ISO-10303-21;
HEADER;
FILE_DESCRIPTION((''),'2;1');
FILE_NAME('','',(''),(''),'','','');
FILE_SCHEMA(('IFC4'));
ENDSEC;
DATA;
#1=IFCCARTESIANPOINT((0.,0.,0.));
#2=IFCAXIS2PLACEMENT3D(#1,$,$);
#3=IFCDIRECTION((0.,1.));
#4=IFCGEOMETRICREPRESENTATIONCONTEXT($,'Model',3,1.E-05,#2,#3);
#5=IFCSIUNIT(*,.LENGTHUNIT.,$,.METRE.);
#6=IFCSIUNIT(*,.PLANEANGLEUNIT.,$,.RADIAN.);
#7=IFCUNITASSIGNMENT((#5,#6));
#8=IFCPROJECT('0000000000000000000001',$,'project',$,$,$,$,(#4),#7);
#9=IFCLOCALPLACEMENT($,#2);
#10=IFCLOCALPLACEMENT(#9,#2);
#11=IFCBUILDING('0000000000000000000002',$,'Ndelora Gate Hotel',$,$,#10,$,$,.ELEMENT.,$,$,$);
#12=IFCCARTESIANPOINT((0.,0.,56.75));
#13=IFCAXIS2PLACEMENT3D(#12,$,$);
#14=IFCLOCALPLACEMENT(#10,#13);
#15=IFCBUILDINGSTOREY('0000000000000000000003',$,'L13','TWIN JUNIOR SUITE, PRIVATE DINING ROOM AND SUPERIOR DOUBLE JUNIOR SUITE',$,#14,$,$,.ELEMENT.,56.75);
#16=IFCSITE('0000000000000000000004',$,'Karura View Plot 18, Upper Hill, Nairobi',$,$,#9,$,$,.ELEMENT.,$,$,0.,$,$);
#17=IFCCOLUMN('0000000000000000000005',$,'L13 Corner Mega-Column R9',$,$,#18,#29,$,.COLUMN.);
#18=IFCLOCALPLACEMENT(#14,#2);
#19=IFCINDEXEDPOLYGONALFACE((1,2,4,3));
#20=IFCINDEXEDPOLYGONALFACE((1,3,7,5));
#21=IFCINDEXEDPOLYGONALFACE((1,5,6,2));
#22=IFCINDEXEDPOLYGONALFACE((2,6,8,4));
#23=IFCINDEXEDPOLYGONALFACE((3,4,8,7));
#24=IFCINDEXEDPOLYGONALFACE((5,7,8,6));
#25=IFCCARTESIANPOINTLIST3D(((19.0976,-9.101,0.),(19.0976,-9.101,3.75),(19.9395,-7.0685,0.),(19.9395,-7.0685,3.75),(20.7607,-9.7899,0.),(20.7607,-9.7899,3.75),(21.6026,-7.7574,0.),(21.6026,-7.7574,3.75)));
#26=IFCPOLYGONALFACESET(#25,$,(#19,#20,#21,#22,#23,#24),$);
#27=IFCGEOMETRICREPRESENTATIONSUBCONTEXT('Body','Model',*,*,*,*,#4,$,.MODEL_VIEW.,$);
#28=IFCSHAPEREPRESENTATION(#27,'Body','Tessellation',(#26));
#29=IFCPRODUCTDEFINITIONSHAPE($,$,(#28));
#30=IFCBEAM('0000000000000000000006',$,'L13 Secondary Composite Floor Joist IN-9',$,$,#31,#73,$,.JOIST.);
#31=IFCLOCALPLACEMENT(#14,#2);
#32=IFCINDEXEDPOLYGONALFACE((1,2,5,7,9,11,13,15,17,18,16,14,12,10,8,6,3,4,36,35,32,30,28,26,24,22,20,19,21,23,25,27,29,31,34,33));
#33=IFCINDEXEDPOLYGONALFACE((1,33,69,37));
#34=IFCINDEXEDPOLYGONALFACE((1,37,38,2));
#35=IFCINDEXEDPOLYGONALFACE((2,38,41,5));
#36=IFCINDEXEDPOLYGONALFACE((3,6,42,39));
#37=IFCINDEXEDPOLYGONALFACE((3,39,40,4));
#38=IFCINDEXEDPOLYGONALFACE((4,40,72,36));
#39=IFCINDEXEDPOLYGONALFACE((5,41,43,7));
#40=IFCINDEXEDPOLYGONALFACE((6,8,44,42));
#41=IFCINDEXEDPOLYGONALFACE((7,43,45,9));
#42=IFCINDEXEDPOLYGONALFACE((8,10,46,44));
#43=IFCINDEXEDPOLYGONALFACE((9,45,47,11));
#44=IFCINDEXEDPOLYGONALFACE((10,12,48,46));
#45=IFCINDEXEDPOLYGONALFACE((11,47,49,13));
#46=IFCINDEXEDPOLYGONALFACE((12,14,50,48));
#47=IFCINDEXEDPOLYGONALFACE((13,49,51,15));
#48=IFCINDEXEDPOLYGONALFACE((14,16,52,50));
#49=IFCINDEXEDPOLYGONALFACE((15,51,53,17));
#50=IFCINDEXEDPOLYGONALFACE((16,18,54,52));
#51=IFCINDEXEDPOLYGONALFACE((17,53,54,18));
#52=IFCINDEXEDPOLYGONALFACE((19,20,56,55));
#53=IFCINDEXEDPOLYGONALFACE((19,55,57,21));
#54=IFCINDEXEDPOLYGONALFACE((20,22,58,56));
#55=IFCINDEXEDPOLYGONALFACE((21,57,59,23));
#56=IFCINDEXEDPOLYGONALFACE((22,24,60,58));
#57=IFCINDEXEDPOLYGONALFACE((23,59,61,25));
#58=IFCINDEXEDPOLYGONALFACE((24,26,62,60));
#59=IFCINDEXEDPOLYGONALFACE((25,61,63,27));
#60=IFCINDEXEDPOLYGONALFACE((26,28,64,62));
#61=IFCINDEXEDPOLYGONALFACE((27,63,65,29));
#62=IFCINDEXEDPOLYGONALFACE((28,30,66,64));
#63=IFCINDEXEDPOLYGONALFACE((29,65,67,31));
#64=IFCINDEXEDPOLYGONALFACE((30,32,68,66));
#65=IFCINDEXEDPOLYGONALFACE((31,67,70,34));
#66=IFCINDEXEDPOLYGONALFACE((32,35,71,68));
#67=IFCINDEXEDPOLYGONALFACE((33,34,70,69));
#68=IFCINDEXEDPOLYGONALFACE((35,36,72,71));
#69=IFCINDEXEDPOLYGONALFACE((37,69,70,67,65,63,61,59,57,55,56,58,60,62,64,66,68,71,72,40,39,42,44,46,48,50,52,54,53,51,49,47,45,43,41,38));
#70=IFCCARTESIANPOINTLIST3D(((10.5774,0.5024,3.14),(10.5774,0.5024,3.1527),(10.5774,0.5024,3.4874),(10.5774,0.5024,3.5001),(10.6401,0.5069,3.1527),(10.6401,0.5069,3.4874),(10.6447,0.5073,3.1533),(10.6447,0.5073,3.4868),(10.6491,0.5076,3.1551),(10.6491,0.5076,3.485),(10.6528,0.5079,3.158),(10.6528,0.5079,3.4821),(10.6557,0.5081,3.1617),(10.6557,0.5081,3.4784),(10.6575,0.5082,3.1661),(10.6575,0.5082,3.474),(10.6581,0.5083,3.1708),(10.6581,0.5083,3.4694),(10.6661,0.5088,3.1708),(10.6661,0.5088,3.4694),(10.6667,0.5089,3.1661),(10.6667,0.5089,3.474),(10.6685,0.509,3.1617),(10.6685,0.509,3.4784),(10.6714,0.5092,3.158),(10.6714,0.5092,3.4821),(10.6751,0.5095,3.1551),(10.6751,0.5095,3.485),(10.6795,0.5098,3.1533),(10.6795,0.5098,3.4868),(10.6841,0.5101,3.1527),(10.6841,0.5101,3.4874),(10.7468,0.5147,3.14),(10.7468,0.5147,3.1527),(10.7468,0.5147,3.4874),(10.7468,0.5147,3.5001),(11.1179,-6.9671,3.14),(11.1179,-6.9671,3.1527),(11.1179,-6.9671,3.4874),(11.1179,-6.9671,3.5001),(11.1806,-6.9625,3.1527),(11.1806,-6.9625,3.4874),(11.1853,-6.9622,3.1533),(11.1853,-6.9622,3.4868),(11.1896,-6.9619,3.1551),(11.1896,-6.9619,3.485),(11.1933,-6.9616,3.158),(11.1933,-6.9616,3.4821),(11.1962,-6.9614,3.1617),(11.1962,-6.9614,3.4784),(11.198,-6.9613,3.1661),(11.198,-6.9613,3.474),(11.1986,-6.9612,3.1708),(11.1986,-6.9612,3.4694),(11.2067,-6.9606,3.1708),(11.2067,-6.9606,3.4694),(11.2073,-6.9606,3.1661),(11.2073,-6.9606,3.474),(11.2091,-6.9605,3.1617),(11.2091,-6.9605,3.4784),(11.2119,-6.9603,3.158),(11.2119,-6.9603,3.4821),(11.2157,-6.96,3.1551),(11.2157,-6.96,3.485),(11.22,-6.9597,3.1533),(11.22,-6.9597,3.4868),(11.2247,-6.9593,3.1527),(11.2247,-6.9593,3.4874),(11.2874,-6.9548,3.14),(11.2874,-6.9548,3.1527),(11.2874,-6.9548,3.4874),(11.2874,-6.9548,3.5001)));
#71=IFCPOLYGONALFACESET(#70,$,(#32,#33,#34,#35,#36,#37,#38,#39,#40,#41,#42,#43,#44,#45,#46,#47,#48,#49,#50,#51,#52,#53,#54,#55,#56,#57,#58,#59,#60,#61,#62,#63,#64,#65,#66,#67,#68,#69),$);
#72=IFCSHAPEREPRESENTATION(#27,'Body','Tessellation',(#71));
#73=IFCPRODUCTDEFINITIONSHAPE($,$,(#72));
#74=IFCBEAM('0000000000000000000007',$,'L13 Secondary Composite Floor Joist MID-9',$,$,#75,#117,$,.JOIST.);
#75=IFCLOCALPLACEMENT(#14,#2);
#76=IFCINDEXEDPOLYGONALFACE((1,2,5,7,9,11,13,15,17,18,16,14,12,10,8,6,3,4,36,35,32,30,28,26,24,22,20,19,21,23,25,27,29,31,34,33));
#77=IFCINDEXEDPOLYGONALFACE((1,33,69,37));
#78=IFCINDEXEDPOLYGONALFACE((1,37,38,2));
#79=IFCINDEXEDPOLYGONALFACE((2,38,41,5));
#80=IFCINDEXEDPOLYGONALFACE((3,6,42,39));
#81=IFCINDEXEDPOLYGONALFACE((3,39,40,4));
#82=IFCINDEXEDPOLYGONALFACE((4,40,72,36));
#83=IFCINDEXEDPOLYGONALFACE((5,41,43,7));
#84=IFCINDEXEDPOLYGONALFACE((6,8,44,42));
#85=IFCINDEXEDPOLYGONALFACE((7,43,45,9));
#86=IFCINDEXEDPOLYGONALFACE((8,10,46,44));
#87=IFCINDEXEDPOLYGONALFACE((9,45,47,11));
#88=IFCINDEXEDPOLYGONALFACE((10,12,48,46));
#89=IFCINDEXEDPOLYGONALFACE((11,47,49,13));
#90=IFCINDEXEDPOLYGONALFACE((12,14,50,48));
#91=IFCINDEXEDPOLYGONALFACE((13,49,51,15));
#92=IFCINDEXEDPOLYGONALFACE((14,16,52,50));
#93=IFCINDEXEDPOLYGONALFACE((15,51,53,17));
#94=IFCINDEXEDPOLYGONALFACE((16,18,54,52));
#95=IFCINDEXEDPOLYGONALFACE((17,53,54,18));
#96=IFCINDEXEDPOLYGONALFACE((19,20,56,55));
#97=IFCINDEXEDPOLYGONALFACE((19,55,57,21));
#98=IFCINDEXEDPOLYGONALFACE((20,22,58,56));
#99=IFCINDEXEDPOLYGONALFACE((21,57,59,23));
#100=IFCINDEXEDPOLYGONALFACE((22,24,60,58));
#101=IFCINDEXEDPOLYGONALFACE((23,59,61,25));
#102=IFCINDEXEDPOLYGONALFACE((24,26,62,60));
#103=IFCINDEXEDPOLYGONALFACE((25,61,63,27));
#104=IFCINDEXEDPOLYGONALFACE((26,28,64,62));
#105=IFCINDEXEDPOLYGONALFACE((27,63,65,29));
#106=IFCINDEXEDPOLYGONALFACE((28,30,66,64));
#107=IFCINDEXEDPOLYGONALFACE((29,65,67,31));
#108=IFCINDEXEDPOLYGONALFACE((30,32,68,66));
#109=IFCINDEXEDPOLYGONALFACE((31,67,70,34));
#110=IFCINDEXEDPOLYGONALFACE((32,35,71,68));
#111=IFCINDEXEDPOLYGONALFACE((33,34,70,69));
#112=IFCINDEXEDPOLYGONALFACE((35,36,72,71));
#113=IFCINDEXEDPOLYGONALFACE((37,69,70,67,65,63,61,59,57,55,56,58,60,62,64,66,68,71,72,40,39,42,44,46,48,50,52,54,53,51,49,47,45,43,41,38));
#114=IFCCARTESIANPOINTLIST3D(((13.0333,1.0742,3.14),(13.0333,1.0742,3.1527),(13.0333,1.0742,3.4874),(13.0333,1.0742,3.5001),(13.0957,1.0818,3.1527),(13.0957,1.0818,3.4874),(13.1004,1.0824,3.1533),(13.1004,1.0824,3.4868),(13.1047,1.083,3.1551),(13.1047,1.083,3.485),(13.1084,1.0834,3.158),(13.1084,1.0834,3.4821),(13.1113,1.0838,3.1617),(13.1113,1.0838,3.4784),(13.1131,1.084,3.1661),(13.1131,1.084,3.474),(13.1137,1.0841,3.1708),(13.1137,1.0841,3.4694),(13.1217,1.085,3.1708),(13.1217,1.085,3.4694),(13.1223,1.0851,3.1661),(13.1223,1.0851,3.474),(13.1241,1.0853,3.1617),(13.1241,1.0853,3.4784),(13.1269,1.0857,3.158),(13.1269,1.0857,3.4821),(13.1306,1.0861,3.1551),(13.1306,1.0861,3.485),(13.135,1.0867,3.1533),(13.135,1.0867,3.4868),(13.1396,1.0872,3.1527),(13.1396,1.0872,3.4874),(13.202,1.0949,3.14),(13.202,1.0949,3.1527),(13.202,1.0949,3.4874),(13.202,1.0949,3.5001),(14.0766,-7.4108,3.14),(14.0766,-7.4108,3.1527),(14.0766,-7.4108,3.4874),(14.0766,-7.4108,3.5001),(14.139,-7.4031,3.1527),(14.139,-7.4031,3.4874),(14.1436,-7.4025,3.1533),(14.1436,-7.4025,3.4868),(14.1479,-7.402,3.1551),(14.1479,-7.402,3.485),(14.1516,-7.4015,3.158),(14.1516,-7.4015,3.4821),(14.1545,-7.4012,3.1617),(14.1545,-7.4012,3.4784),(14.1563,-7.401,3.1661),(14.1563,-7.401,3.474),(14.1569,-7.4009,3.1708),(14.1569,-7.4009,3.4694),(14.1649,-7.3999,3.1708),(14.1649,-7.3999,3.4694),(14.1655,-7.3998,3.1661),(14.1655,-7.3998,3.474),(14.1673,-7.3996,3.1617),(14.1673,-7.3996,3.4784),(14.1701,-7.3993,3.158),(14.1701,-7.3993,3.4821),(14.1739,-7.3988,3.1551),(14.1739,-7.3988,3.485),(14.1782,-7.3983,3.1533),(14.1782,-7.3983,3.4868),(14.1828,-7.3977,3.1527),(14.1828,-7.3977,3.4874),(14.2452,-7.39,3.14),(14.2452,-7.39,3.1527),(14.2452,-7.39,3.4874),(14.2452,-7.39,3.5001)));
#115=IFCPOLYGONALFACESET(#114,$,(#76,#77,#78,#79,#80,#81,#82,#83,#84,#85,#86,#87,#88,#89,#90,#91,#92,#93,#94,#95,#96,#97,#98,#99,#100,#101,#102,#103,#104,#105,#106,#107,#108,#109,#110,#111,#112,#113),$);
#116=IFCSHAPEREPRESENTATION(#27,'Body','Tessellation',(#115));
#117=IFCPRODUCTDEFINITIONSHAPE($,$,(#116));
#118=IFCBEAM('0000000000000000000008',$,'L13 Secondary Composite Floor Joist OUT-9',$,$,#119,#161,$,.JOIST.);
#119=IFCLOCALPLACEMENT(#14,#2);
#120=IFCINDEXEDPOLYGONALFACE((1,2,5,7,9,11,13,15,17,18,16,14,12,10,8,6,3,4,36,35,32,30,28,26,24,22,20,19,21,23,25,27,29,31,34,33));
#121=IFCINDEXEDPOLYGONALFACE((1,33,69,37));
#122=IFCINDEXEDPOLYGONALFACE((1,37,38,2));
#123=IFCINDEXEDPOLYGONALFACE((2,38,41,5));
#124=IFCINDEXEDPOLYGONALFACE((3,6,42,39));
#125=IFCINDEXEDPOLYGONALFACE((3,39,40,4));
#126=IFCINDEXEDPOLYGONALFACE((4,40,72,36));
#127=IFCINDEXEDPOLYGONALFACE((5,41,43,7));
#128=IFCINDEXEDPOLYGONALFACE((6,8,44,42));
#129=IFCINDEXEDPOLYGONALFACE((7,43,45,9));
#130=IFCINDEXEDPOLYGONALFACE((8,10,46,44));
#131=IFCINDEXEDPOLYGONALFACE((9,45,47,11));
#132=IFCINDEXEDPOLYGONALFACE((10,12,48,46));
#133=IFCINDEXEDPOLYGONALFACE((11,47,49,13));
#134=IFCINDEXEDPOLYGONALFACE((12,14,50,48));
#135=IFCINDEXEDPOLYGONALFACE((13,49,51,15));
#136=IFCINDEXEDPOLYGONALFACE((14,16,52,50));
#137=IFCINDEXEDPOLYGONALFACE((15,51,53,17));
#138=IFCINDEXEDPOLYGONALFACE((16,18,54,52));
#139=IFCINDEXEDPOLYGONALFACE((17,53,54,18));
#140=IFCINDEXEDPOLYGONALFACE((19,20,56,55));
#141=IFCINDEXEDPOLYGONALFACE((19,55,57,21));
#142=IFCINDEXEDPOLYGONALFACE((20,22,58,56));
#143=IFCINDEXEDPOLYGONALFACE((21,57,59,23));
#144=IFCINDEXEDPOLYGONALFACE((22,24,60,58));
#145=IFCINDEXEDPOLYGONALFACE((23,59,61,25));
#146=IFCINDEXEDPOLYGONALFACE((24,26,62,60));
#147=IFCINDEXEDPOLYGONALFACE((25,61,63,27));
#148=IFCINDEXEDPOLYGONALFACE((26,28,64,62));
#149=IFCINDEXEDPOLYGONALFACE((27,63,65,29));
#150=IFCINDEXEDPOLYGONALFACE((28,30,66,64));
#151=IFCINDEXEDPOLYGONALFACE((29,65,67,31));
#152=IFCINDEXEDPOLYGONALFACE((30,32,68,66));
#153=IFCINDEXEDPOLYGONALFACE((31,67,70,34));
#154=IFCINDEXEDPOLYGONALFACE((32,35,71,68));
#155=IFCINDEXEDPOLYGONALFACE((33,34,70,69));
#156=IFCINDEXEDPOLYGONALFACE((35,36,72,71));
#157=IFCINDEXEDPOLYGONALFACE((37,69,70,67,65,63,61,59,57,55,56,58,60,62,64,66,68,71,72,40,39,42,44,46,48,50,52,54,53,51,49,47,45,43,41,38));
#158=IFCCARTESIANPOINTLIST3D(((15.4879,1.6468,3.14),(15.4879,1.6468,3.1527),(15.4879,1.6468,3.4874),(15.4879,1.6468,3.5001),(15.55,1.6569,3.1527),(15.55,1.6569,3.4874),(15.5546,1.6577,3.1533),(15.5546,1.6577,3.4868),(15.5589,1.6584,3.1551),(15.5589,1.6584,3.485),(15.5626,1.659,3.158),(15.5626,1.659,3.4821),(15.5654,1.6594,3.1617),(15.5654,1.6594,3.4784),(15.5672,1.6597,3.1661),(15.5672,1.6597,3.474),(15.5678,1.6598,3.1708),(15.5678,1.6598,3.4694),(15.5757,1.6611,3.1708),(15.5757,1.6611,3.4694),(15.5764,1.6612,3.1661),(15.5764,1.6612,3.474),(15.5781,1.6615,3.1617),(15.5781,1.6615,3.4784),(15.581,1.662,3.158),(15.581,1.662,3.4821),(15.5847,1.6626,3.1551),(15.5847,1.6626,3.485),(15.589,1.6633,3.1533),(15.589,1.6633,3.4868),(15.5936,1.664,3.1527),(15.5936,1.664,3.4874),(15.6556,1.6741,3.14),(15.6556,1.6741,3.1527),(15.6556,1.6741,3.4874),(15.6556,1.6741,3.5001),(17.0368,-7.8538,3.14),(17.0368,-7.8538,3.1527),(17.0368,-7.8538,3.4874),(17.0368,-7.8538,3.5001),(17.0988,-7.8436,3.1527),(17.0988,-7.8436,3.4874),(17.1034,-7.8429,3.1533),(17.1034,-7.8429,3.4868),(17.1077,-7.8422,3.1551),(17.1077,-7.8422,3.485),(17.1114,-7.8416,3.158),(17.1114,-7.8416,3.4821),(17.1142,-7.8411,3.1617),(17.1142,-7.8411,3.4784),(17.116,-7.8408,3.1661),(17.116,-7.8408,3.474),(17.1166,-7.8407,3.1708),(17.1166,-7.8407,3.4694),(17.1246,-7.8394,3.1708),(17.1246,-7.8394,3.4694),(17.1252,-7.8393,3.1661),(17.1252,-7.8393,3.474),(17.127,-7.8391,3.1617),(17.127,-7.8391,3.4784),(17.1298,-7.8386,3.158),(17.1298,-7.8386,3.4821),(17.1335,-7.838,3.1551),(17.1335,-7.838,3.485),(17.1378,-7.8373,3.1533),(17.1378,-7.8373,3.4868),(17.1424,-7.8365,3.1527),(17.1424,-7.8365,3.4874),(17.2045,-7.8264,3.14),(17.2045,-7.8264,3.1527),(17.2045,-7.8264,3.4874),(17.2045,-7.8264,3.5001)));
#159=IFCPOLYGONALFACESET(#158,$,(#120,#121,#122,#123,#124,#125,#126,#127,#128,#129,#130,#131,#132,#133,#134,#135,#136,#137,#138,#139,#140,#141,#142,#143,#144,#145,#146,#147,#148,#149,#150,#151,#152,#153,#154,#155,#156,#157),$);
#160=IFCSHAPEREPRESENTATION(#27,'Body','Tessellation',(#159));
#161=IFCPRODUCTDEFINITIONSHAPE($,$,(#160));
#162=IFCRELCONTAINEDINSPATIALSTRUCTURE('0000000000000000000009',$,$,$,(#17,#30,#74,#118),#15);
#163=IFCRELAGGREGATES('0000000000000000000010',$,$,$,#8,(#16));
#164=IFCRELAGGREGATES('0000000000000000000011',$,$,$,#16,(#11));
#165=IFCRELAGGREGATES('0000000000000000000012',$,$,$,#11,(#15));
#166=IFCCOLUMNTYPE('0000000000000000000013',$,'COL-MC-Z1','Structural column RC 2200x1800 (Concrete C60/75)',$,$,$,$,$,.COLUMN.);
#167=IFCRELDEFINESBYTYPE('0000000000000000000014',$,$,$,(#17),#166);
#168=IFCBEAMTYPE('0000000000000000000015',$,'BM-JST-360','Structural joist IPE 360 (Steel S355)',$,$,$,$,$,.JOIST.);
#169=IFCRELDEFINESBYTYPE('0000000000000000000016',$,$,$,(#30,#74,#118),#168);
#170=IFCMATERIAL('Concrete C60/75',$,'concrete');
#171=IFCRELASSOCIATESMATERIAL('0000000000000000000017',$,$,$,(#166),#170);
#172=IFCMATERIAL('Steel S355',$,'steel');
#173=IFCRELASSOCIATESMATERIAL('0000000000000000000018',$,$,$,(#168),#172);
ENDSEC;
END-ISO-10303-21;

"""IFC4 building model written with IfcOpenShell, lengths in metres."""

from ifc_helpers import new_model, si_unit, direction, frame, origin, origin_2d, place, context, subcontext, project, spatial, rectangle, i_section, extrude, material, material_profile, profile_set, type_object, element, save


model = new_model("IFC4")

# Units and contexts
model_context = context("Model", 3, precision=1e-05, world=origin(), true_north=direction((0.0, 1.0)))
body_context = subcontext(model_context, "Body", "Model", "MODEL_VIEW")
ifc_project = project(units=[si_unit("LENGTHUNIT", "METRE"), si_unit("PLANEANGLEUNIT", "RADIAN")], contexts=[model_context])

# Site, building, storey
site_placement = place(None, origin())
site = spatial("IfcSite", under=ifc_project, at=site_placement, Name="Karura View Plot 18, Upper Hill, Nairobi", CompositionType="ELEMENT", RefElevation=0.0)
building_placement = place(site_placement, origin())
building = spatial("IfcBuilding", under=site, at=building_placement, Name="Ndelora Gate Hotel", CompositionType="ELEMENT")
storey_placement = place(building_placement, frame((0.0, 0.0, 56.75)))
storey = spatial("IfcBuildingStorey", under=building, at=storey_placement, Name="L13", Description="TWIN JUNIOR SUITE, PRIVATE DINING ROOM AND SUPERIOR DOUBLE JUNIOR SUITE", CompositionType="ELEMENT", Elevation=56.75)

# Column
ifc_material_1 = material(Name="Concrete C60/75", Category="concrete")
ifc_material_profile_1 = material_profile(ifc_material_1, rectangle(XDim=1.8, YDim=2.2, at=origin_2d()), Name="RC 2200x1800")
ifc_profile_set_1 = profile_set([ifc_material_profile_1], Name="Concrete C60/75")
column_type = type_object("IfcColumnType", Name="COL-MC-Z1", Description="Structural column RC 2200x1800 (Concrete C60/75)", PredefinedType="COLUMN", material=ifc_profile_set_1)
column_placement = place(storey_placement, frame((20.3501, -8.4292, 0.0), z_axis=(0.0, 0.0, 1.0), x_axis=(-0.92388, 0.382683, 0.0)))
element("IfcColumn", 1, at=column_placement, inside=storey, type_object=column_type, Name="L13 Corner Mega-Column R9", PredefinedType="COLUMN", context=body_context, shape_type="SweptSolid", body=[
    extrude(rectangle(XDim=1.8, YDim=2.2, at=origin_2d()), origin(), (0.0, 0.0, 1.0), 3.75),
])

# Beams
ifc_material_2 = material(Name="Steel S355", Category="steel")
ifc_material_profile_2 = material_profile(ifc_material_2, i_section(OverallWidth=0.1699, OverallDepth=0.3601, WebThickness=0.0081, FlangeThickness=0.0127, FilletRadius=0.0181, at=origin_2d()), Name="IPE 360")
ifc_profile_set_2 = profile_set([ifc_material_profile_2], Name="Steel S355")
beam_type_1 = type_object("IfcBeamType", Name="BM-JST-360", Description="Structural joist IPE 360 (Steel S355)", PredefinedType="JOIST", material=ifc_profile_set_2)
beam_1_placement = place(storey_placement, frame((11.2026, -6.9609, 3.3201), z_axis=(-0.072176, 0.997392, 0.0), x_axis=(-0.997392, -0.072176, 0.0)))
element("IfcBeam", 2, at=beam_1_placement, inside=storey, type_object=beam_type_1, Name="L13 Secondary Composite Floor Joist IN-9", PredefinedType="JOIST", context=body_context, shape_type="SweptSolid", body=[
    extrude(i_section(OverallWidth=0.1699, OverallDepth=0.3601, WebThickness=0.0081, FlangeThickness=0.0127, FilletRadius=0.0181, at=origin_2d()), origin(), (0.0, 0.0, 1.0), 7.489),
])
beam_2_placement = place(storey_placement, frame((14.1609, -7.4004, 3.3201), z_axis=(-0.122031, 0.992526, 0.0), x_axis=(-0.992526, -0.122031, 0.0)))
element("IfcBeam", 3, at=beam_2_placement, inside=storey, type_object=beam_type_1, Name="L13 Secondary Composite Floor Joist MID-9", PredefinedType="JOIST", context=body_context, shape_type="SweptSolid", body=[
    extrude(i_section(OverallWidth=0.1699, OverallDepth=0.3601, WebThickness=0.0081, FlangeThickness=0.0127, FilletRadius=0.0181, at=origin_2d()), origin(), (0.0, 0.0, 1.0), 8.5488),
])
beam_3_placement = place(storey_placement, frame((17.1206, -7.8401, 3.3201), z_axis=(-0.160902, 0.98697, 0.0), x_axis=(-0.98697, -0.160902, 0.0)))
element("IfcBeam", 4, at=beam_3_placement, inside=storey, type_object=beam_type_1, Name="L13 Secondary Composite Floor Joist OUT-9", PredefinedType="JOIST", context=body_context, shape_type="SweptSolid", body=[
    extrude(i_section(OverallWidth=0.1699, OverallDepth=0.3601, WebThickness=0.0081, FlangeThickness=0.0127, FilletRadius=0.0181, at=origin_2d()), origin(), (0.0, 0.0, 1.0), 9.626),
])

save(model, "model.ifc")
